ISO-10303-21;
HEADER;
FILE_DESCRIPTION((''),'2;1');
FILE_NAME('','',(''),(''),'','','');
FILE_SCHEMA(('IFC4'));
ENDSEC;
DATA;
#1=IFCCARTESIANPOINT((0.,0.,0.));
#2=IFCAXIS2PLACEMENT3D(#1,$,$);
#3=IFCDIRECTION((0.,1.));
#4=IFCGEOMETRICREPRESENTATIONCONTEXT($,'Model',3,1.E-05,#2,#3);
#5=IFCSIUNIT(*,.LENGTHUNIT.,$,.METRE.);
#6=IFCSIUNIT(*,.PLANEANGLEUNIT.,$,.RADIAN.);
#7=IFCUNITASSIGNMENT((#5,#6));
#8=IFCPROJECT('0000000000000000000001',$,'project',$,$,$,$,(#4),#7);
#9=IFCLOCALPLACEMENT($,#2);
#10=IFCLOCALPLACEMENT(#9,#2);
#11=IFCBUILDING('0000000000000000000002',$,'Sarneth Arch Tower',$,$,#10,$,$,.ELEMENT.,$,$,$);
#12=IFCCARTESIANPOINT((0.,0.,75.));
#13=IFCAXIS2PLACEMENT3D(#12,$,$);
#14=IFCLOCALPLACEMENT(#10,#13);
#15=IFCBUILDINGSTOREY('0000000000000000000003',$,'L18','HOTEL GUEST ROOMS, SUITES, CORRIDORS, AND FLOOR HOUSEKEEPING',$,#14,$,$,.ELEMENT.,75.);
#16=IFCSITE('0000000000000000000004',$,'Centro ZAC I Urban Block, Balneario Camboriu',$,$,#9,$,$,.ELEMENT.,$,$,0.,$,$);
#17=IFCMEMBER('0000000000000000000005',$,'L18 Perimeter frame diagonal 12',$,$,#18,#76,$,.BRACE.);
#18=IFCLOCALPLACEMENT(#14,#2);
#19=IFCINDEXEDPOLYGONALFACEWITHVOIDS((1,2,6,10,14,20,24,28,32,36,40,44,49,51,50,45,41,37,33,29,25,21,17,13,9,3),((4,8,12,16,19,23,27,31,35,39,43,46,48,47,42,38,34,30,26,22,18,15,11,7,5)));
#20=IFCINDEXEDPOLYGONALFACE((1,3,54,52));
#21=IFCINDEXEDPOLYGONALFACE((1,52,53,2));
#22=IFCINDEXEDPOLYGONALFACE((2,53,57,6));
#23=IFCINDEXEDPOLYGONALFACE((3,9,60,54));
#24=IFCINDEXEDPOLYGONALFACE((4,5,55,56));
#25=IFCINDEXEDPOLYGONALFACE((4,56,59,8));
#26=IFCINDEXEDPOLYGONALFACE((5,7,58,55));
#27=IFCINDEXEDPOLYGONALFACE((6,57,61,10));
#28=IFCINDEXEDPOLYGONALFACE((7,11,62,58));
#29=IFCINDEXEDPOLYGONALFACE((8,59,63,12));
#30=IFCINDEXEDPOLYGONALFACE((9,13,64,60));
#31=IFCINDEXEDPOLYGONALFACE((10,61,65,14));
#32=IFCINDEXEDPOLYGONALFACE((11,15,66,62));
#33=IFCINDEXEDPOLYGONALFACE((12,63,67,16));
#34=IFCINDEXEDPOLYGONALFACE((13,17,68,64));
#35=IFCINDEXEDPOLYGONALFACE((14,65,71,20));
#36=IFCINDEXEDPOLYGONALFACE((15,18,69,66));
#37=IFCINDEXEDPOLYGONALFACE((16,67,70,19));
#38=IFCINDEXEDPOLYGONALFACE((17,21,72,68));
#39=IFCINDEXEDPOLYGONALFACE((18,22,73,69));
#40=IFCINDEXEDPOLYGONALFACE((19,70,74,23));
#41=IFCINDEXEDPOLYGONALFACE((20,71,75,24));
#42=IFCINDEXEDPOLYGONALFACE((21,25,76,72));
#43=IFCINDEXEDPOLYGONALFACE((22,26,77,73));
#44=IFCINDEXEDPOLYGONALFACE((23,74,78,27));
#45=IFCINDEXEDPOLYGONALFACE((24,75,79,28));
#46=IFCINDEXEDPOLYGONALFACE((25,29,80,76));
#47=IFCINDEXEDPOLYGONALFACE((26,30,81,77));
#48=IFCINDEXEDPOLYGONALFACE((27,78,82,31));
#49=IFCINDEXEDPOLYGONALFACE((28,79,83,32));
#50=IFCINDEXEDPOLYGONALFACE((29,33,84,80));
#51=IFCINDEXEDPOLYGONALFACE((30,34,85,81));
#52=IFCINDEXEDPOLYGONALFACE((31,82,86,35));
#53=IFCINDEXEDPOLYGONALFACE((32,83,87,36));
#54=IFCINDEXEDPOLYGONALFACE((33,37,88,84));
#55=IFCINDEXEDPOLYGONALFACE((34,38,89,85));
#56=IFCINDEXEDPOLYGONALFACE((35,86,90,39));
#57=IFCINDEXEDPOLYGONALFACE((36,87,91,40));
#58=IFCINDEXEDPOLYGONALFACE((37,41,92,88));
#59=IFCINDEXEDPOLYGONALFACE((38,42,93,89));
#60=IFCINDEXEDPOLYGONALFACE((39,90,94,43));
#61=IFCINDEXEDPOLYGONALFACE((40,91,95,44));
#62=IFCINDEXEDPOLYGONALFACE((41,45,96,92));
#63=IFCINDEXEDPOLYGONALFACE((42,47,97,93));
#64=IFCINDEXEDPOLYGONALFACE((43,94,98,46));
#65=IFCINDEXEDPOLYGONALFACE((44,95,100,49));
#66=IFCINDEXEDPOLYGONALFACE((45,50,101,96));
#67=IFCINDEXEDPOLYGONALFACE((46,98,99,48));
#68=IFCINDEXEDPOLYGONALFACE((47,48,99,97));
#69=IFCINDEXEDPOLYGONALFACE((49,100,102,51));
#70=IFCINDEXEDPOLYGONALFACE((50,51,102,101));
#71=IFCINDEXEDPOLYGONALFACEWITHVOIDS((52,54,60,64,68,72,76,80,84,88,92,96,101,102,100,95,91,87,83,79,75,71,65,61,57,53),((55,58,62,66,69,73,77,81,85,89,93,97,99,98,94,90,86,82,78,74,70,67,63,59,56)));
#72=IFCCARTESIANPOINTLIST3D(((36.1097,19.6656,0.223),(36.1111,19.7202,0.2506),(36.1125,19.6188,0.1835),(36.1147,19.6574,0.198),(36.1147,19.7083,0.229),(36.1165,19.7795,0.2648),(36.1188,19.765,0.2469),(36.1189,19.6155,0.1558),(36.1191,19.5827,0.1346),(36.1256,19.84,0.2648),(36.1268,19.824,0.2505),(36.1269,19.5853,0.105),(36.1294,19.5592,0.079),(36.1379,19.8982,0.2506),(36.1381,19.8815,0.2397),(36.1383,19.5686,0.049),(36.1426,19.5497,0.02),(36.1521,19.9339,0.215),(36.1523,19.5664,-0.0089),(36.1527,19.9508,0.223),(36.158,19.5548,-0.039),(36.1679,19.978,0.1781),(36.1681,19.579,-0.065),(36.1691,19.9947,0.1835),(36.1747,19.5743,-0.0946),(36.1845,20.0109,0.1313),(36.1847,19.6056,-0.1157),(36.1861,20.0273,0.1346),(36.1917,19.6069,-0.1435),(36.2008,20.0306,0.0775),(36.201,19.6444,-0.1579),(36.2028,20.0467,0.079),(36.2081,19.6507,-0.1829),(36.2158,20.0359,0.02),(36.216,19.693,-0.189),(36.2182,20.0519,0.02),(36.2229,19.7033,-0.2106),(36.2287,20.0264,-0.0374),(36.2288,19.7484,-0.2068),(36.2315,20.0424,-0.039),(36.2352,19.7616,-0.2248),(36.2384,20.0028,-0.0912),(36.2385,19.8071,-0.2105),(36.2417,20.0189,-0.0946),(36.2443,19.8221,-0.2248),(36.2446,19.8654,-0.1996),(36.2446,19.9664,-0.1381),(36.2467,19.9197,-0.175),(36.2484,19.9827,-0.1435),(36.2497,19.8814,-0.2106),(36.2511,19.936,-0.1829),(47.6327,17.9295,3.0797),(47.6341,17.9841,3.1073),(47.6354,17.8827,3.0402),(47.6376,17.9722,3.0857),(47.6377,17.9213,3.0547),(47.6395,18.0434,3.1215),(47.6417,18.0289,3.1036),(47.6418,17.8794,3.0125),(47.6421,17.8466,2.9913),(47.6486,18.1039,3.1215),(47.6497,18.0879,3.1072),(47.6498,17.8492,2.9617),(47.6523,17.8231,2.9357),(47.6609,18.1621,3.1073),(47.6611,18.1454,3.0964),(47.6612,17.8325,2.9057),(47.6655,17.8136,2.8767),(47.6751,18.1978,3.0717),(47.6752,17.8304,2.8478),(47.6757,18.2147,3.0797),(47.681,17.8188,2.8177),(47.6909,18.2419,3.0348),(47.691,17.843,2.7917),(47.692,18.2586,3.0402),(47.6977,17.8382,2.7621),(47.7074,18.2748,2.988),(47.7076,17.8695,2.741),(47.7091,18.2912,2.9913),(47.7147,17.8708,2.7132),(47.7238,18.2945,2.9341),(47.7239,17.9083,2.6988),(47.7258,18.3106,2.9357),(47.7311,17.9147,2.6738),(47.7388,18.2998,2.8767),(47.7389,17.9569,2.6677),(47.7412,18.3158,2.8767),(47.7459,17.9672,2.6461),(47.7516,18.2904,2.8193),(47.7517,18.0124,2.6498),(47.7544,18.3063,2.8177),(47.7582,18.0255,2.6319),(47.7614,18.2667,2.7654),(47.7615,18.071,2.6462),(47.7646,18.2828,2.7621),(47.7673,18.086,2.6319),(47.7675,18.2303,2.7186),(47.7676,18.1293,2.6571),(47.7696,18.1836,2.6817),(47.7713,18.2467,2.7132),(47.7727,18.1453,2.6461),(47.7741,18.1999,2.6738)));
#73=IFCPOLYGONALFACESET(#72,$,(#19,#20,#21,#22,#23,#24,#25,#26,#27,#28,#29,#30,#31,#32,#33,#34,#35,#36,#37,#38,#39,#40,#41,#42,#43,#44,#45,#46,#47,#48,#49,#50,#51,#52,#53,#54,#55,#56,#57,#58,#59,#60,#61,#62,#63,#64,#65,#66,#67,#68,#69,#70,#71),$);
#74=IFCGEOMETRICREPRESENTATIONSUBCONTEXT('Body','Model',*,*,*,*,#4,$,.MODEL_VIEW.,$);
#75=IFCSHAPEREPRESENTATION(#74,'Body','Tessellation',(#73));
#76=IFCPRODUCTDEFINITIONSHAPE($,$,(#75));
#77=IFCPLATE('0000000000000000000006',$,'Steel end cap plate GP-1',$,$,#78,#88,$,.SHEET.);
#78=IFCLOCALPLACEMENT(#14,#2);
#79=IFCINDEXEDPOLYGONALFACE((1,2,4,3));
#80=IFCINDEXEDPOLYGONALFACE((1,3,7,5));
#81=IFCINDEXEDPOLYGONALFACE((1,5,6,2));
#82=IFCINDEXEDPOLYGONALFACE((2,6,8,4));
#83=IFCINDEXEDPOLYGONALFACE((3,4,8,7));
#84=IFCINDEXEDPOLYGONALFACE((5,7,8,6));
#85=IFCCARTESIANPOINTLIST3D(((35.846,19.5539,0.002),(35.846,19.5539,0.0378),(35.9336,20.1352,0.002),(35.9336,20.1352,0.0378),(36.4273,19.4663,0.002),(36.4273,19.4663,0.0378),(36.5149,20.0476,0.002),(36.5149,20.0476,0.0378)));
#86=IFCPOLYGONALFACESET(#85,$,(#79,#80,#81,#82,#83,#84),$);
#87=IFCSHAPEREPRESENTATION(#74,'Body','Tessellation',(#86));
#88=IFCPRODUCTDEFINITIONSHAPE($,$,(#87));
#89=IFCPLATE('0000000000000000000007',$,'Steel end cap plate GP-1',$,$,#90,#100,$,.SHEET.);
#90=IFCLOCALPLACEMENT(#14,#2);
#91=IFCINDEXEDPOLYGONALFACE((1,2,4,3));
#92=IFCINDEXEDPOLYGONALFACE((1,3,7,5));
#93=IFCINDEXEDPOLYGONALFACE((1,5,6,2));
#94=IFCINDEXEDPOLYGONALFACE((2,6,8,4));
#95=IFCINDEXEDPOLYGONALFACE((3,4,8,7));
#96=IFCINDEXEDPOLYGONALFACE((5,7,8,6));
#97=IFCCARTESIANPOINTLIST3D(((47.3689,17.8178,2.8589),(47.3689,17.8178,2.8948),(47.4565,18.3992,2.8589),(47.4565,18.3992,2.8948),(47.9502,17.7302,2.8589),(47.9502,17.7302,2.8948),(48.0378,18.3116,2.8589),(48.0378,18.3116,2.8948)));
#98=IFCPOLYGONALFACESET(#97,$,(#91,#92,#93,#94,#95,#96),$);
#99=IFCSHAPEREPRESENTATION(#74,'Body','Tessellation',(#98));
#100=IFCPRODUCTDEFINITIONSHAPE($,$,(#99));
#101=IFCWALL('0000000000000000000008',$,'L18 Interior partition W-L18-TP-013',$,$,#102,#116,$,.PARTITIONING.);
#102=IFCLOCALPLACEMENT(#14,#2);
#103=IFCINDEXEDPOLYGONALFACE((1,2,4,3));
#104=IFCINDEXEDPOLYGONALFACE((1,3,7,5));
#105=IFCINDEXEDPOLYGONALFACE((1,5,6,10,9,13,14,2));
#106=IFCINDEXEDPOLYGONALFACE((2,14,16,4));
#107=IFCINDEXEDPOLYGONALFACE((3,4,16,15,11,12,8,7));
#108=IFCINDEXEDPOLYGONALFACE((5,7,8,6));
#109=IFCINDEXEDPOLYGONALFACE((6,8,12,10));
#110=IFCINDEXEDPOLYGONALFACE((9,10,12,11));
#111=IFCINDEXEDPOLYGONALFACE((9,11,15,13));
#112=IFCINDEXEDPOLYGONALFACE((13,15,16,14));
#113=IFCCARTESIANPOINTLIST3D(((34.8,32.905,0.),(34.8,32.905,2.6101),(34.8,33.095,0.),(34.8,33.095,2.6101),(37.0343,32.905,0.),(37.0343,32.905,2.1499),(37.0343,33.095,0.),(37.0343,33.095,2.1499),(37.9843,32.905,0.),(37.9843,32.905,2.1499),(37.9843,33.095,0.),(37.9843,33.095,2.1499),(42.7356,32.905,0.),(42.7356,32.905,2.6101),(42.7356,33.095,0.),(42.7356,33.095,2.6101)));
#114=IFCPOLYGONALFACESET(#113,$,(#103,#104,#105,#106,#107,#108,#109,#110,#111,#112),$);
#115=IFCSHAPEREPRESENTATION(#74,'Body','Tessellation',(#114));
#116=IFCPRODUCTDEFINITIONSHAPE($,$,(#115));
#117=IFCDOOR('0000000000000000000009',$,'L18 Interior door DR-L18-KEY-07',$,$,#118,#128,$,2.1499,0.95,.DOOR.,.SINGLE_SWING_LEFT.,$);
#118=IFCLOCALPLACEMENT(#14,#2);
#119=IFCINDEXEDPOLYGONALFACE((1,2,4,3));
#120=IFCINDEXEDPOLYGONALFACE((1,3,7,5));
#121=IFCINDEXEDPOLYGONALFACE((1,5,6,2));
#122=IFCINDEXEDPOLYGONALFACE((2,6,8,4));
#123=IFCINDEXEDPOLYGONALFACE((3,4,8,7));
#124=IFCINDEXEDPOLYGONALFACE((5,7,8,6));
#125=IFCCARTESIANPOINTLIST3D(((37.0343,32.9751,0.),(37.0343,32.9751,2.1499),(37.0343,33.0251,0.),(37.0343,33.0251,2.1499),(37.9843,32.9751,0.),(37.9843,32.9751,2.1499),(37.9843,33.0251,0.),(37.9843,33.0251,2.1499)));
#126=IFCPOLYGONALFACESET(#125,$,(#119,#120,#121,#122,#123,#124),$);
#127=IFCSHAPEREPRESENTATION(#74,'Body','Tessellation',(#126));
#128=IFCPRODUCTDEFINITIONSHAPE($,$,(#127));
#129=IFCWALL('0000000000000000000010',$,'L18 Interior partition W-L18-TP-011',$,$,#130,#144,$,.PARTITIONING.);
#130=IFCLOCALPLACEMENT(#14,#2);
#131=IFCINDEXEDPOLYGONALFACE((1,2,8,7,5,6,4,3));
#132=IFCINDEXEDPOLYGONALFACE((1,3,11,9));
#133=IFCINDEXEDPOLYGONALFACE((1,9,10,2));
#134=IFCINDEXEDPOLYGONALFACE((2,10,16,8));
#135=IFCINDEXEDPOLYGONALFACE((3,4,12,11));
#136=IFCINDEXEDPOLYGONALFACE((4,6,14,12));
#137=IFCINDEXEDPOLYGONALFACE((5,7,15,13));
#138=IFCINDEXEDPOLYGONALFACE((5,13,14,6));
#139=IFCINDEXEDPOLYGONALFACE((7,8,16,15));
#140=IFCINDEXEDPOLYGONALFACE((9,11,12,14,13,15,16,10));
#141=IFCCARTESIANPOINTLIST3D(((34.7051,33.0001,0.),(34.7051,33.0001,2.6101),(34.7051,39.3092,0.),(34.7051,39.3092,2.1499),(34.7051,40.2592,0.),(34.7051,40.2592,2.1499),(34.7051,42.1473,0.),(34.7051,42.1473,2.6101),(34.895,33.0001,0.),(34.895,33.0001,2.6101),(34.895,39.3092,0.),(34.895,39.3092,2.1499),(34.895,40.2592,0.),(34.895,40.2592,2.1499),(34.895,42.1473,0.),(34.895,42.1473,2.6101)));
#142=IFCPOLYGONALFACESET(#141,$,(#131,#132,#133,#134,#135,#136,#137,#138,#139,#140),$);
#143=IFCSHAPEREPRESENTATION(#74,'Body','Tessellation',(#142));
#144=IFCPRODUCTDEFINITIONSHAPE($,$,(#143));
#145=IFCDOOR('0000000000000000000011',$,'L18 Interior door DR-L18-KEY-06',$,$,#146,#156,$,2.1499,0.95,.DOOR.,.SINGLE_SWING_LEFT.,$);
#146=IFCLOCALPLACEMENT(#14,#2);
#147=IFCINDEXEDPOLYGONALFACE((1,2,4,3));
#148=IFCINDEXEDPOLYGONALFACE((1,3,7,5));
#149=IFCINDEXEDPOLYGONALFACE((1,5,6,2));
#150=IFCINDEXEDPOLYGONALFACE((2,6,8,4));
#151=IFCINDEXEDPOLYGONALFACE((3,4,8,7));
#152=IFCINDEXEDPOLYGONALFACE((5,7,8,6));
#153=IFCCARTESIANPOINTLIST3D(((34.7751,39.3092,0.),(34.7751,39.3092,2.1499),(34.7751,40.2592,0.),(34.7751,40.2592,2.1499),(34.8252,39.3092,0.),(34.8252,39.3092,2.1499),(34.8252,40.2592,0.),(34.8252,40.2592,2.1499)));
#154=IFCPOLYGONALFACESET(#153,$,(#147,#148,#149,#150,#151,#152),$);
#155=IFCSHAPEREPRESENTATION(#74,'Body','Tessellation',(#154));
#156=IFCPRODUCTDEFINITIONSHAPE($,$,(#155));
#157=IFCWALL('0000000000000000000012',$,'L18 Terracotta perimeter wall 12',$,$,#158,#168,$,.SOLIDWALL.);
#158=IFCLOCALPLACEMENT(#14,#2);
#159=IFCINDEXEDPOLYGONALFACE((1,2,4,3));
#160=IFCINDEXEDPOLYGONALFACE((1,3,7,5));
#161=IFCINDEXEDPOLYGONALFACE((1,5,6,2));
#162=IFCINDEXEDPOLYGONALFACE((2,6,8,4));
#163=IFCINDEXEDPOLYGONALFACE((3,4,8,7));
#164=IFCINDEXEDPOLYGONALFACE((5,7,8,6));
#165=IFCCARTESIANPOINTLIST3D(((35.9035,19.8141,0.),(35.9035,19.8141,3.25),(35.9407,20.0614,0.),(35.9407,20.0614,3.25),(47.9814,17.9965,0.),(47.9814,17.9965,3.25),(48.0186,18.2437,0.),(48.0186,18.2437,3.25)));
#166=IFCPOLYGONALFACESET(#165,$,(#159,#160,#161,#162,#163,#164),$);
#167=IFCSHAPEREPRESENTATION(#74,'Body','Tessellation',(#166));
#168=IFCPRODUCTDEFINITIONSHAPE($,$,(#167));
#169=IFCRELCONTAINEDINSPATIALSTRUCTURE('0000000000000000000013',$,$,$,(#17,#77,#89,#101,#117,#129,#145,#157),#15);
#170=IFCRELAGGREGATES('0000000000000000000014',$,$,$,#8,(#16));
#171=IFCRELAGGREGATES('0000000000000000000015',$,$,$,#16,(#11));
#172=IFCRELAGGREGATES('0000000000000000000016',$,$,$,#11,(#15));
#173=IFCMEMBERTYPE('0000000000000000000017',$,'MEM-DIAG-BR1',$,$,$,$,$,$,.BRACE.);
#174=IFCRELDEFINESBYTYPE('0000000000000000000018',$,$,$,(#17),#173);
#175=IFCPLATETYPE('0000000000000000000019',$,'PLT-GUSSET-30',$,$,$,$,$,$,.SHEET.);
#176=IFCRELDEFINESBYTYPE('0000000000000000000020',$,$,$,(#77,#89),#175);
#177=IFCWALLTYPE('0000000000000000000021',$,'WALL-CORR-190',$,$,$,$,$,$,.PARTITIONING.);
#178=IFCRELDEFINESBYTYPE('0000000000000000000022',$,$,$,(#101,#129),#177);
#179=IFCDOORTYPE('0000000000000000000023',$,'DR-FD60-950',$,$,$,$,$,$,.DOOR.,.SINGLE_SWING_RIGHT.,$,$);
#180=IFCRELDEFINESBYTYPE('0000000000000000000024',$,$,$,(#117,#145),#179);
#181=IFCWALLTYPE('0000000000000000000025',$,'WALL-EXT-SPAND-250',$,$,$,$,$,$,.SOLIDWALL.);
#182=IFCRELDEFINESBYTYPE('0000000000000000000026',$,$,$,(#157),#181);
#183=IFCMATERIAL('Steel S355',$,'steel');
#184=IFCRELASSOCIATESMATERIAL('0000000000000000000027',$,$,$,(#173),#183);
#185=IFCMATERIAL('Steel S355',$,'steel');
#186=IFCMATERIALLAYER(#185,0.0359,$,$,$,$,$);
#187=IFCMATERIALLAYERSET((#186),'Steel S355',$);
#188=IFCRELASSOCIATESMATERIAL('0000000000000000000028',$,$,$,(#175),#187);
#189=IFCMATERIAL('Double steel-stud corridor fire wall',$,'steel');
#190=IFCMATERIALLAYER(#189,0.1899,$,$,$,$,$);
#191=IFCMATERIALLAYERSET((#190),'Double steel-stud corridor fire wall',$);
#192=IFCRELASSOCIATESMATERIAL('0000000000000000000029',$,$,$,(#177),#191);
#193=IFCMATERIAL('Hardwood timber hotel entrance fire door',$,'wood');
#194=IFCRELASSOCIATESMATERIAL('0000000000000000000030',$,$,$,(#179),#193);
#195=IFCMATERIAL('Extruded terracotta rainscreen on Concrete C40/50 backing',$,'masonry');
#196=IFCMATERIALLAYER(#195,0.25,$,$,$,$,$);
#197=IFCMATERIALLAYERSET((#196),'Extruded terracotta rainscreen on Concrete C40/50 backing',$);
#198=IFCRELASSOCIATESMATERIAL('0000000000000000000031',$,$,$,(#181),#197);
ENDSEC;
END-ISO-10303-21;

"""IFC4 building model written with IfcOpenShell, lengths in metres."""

from ifc_helpers import new_model, si_unit, direction, frame, frame_2d, origin, origin_2d, place, context, subcontext, project, spatial, rectangle, hollow_circle, extrude, material, layer, layer_set, material_profile, profile_set, type_object, element, fill, save


model = new_model("IFC4")

# Units and contexts
model_context = context("Model", 3, precision=1e-05, world=origin(), true_north=direction((0.0, 1.0)))
body_context = subcontext(model_context, "Body", "Model", "MODEL_VIEW")
ifc_project = project(units=[si_unit("LENGTHUNIT", "METRE"), si_unit("PLANEANGLEUNIT", "RADIAN")], contexts=[model_context])

# Site, building, storey
site_placement = place(None, origin())
site = spatial("IfcSite", under=ifc_project, at=site_placement, Name="Centro ZAC I Urban Block, Balneario Camboriu", CompositionType="ELEMENT", RefElevation=0.0)
building_placement = place(site_placement, origin())
building = spatial("IfcBuilding", under=site, at=building_placement, Name="Sarneth Arch Tower", CompositionType="ELEMENT")
storey_placement = place(building_placement, frame((0.0, 0.0, 75.0)))
storey = spatial("IfcBuildingStorey", under=building, at=storey_placement, Name="L18", Description="HOTEL GUEST ROOMS, SUITES, CORRIDORS, AND FLOOR HOUSEKEEPING", CompositionType="ELEMENT", Elevation=75.0)

# Member
ifc_material_1 = material(Name="Steel S355", Category="steel")
ifc_material_profile_1 = material_profile(ifc_material_1, hollow_circle(Radius=0.2539, WallThickness=0.0161, at=origin_2d()), Name="CHS508x16")
ifc_profile_set_1 = profile_set([ifc_material_profile_1], Name="Steel S355")
member_type_1 = type_object("IfcMemberType", Name="MEM-DIAG-BR1", PredefinedType="BRACE", material=ifc_profile_set_1)
member_1_placement = place(storey_placement, frame((36.1804, 19.8008, 0.02), z_axis=(0.960402, -0.144697, 0.238096), x_axis=(0.148982, 0.98884, 0.0)))
element("IfcMember", 1, at=member_1_placement, inside=storey, type_object=member_type_1, Name="L18 Perimeter frame diagonal 12", PredefinedType="BRACE", context=body_context, shape_type="SweptSolid", body=[
    extrude(hollow_circle(Radius=0.2539, WallThickness=0.0161, at=origin_2d()), origin(), (0.0, 0.0, 1.0), 11.998),
])

# Plates
ifc_material_2 = material(Name="Steel S355", Category="steel")
ifc_layer_1 = layer(ifc_material_2, 0.0359)
ifc_layer_set_1 = layer_set([ifc_layer_1], Name="Steel S355")
plate_type = type_object("IfcPlateType", Name="PLT-GUSSET-30", PredefinedType="SHEET", material=ifc_layer_set_1)
for number, where, z_axis, x_axis, name in (
    (2, (36.1804, 19.8008, 0.002), (0.0, 0.0, 1.0), (0.988835, -0.149018, 0.0), "Steel end cap plate GP-1"),
    (3, (47.7034, 18.0647, 2.8589), (0.0, 0.0, 1.0), (0.988835, -0.149018, 0.0), "Steel end cap plate GP-1"),
):
    element("IfcPlate", number, at=place(storey_placement, frame(where, z_axis=z_axis, x_axis=x_axis)), inside=storey, type_object=plate_type, Name=name, PredefinedType="SHEET", context=body_context, shape_type="SweptSolid", body=[
        extrude(rectangle(XDim=0.5879, YDim=0.5879, at=origin_2d()), origin(), (0.0, 0.0, 1.0), 0.0359),
    ])

# Walls, openings, doors
ifc_material_3 = material(Name="Double steel-stud corridor fire wall", Category="steel")
ifc_layer_2 = layer(ifc_material_3, 0.1899)
ifc_layer_set_2 = layer_set([ifc_layer_2], Name="Double steel-stud corridor fire wall")
wall_type_1 = type_object("IfcWallType", Name="WALL-CORR-190", PredefinedType="PARTITIONING", material=ifc_layer_set_2)
wall_1_placement = place(storey_placement, frame((42.7356, 33.0, 0.0), z_axis=(0.0, 0.0, 1.0), x_axis=(-1.0, 0.0, 0.0)))
wall_1 = element("IfcWall", 4, at=wall_1_placement, inside=storey, type_object=wall_type_1, Name="L18 Interior partition W-L18-TP-013", PredefinedType="PARTITIONING", context=body_context, shape_type="SweptSolid", body=[
    extrude(rectangle(XDim=7.9355, YDim=0.1899, at=frame_2d((3.9678, 0.0))), origin(), (0.0, 0.0, 1.0), 2.6101),
])
opening_1_placement = place(wall_1_placement, frame((4.7512, 0.0, 0.0)))
opening_1 = element("IfcOpeningElement", 5, at=opening_1_placement, cuts=wall_1, PredefinedType="OPENING", context=body_context, shape_type="SweptSolid", body=[
    extrude(rectangle(XDim=0.95, YDim=2.1499, at=frame_2d((0.4751, 1.075))), frame((0.0, 0.105, 0.0), z_axis=(0.0, -1.0, 0.0), x_axis=(1.0, 0.0, 0.0)), (0.0, 0.0, 1.0), 0.21),
])
ifc_material_4 = material(Name="Hardwood timber hotel entrance fire door", Category="wood")
door_type_1 = type_object("IfcDoorType", Name="DR-FD60-950", OperationType="SINGLE_SWING_RIGHT", PredefinedType="DOOR", material=ifc_material_4)
door_1_placement = place(opening_1_placement, origin())
door_1 = element("IfcDoor", 6, at=door_1_placement, inside=storey, type_object=door_type_1, Name="L18 Interior door DR-L18-KEY-07", OperationType="SINGLE_SWING_LEFT", OverallHeight=2.1499, OverallWidth=0.95, PredefinedType="DOOR", context=body_context, shape_type="SweptSolid", body=[
    extrude(rectangle(XDim=0.95, YDim=2.1499, at=frame_2d((0.4751, 1.075))), frame((0.0, 0.0249, 0.0), z_axis=(0.0, -1.0, 0.0), x_axis=(1.0, 0.0, 0.0)), (0.0, 0.0, 1.0), 0.05),
])
fill(opening_1, door_1)
wall_2_placement = place(storey_placement, frame((34.8, 33.0, 0.0), z_axis=(0.0, 0.0, 1.0), x_axis=(0.0, 1.0, 0.0)))
wall_2 = element("IfcWall", 7, at=wall_2_placement, inside=storey, type_object=wall_type_1, Name="L18 Interior partition W-L18-TP-011", PredefinedType="PARTITIONING", context=body_context, shape_type="SweptSolid", body=[
    extrude(rectangle(XDim=9.1472, YDim=0.1899, at=frame_2d((4.5737, 0.0))), origin(), (0.0, 0.0, 1.0), 2.6101),
])
opening_2_placement = place(wall_2_placement, frame((6.3091, 0.0, 0.0)))
opening_2 = element("IfcOpeningElement", 8, at=opening_2_placement, cuts=wall_2, PredefinedType="OPENING", context=body_context, shape_type="SweptSolid", body=[
    extrude(rectangle(XDim=0.95, YDim=2.1499, at=frame_2d((0.4751, 1.075))), frame((0.0, 0.105, 0.0), z_axis=(0.0, -1.0, 0.0), x_axis=(1.0, 0.0, 0.0)), (0.0, 0.0, 1.0), 0.21),
])
door_2_placement = place(opening_2_placement, origin())
door_2 = element("IfcDoor", 9, at=door_2_placement, inside=storey, type_object=door_type_1, Name="L18 Interior door DR-L18-KEY-06", OperationType="SINGLE_SWING_LEFT", OverallHeight=2.1499, OverallWidth=0.95, PredefinedType="DOOR", context=body_context, shape_type="SweptSolid", body=[
    extrude(rectangle(XDim=0.95, YDim=2.1499, at=frame_2d((0.4751, 1.075))), frame((0.0, 0.0249, 0.0), z_axis=(0.0, -1.0, 0.0), x_axis=(1.0, 0.0, 0.0)), (0.0, 0.0, 1.0), 0.05),
])
fill(opening_2, door_2)

# Wall
ifc_material_5 = material(Name="Extruded terracotta rainscreen on Concrete C40/50 backing", Category="masonry")
ifc_layer_3 = layer(ifc_material_5, 0.25)
ifc_layer_set_3 = layer_set([ifc_layer_3], Name="Extruded terracotta rainscreen on Concrete C40/50 backing")
wall_type_2 = type_object("IfcWallType", Name="WALL-EXT-SPAND-250", PredefinedType="SOLIDWALL", material=ifc_layer_set_3)
wall_3_placement = place(storey_placement, frame((35.9221, 19.9377, 0.0), z_axis=(0.0, 0.0, 1.0), x_axis=(0.988865, -0.148816, 0.0)))
element("IfcWall", 10, at=wall_3_placement, inside=storey, type_object=wall_type_2, Name="L18 Terracotta perimeter wall 12", PredefinedType="SOLIDWALL", context=body_context, shape_type="SweptSolid", body=[
    extrude(rectangle(XDim=12.2139, YDim=0.25, at=frame_2d((6.1069, 0.0))), origin(), (0.0, 0.0, 1.0), 3.25),
])

save(model, "model.ifc")
